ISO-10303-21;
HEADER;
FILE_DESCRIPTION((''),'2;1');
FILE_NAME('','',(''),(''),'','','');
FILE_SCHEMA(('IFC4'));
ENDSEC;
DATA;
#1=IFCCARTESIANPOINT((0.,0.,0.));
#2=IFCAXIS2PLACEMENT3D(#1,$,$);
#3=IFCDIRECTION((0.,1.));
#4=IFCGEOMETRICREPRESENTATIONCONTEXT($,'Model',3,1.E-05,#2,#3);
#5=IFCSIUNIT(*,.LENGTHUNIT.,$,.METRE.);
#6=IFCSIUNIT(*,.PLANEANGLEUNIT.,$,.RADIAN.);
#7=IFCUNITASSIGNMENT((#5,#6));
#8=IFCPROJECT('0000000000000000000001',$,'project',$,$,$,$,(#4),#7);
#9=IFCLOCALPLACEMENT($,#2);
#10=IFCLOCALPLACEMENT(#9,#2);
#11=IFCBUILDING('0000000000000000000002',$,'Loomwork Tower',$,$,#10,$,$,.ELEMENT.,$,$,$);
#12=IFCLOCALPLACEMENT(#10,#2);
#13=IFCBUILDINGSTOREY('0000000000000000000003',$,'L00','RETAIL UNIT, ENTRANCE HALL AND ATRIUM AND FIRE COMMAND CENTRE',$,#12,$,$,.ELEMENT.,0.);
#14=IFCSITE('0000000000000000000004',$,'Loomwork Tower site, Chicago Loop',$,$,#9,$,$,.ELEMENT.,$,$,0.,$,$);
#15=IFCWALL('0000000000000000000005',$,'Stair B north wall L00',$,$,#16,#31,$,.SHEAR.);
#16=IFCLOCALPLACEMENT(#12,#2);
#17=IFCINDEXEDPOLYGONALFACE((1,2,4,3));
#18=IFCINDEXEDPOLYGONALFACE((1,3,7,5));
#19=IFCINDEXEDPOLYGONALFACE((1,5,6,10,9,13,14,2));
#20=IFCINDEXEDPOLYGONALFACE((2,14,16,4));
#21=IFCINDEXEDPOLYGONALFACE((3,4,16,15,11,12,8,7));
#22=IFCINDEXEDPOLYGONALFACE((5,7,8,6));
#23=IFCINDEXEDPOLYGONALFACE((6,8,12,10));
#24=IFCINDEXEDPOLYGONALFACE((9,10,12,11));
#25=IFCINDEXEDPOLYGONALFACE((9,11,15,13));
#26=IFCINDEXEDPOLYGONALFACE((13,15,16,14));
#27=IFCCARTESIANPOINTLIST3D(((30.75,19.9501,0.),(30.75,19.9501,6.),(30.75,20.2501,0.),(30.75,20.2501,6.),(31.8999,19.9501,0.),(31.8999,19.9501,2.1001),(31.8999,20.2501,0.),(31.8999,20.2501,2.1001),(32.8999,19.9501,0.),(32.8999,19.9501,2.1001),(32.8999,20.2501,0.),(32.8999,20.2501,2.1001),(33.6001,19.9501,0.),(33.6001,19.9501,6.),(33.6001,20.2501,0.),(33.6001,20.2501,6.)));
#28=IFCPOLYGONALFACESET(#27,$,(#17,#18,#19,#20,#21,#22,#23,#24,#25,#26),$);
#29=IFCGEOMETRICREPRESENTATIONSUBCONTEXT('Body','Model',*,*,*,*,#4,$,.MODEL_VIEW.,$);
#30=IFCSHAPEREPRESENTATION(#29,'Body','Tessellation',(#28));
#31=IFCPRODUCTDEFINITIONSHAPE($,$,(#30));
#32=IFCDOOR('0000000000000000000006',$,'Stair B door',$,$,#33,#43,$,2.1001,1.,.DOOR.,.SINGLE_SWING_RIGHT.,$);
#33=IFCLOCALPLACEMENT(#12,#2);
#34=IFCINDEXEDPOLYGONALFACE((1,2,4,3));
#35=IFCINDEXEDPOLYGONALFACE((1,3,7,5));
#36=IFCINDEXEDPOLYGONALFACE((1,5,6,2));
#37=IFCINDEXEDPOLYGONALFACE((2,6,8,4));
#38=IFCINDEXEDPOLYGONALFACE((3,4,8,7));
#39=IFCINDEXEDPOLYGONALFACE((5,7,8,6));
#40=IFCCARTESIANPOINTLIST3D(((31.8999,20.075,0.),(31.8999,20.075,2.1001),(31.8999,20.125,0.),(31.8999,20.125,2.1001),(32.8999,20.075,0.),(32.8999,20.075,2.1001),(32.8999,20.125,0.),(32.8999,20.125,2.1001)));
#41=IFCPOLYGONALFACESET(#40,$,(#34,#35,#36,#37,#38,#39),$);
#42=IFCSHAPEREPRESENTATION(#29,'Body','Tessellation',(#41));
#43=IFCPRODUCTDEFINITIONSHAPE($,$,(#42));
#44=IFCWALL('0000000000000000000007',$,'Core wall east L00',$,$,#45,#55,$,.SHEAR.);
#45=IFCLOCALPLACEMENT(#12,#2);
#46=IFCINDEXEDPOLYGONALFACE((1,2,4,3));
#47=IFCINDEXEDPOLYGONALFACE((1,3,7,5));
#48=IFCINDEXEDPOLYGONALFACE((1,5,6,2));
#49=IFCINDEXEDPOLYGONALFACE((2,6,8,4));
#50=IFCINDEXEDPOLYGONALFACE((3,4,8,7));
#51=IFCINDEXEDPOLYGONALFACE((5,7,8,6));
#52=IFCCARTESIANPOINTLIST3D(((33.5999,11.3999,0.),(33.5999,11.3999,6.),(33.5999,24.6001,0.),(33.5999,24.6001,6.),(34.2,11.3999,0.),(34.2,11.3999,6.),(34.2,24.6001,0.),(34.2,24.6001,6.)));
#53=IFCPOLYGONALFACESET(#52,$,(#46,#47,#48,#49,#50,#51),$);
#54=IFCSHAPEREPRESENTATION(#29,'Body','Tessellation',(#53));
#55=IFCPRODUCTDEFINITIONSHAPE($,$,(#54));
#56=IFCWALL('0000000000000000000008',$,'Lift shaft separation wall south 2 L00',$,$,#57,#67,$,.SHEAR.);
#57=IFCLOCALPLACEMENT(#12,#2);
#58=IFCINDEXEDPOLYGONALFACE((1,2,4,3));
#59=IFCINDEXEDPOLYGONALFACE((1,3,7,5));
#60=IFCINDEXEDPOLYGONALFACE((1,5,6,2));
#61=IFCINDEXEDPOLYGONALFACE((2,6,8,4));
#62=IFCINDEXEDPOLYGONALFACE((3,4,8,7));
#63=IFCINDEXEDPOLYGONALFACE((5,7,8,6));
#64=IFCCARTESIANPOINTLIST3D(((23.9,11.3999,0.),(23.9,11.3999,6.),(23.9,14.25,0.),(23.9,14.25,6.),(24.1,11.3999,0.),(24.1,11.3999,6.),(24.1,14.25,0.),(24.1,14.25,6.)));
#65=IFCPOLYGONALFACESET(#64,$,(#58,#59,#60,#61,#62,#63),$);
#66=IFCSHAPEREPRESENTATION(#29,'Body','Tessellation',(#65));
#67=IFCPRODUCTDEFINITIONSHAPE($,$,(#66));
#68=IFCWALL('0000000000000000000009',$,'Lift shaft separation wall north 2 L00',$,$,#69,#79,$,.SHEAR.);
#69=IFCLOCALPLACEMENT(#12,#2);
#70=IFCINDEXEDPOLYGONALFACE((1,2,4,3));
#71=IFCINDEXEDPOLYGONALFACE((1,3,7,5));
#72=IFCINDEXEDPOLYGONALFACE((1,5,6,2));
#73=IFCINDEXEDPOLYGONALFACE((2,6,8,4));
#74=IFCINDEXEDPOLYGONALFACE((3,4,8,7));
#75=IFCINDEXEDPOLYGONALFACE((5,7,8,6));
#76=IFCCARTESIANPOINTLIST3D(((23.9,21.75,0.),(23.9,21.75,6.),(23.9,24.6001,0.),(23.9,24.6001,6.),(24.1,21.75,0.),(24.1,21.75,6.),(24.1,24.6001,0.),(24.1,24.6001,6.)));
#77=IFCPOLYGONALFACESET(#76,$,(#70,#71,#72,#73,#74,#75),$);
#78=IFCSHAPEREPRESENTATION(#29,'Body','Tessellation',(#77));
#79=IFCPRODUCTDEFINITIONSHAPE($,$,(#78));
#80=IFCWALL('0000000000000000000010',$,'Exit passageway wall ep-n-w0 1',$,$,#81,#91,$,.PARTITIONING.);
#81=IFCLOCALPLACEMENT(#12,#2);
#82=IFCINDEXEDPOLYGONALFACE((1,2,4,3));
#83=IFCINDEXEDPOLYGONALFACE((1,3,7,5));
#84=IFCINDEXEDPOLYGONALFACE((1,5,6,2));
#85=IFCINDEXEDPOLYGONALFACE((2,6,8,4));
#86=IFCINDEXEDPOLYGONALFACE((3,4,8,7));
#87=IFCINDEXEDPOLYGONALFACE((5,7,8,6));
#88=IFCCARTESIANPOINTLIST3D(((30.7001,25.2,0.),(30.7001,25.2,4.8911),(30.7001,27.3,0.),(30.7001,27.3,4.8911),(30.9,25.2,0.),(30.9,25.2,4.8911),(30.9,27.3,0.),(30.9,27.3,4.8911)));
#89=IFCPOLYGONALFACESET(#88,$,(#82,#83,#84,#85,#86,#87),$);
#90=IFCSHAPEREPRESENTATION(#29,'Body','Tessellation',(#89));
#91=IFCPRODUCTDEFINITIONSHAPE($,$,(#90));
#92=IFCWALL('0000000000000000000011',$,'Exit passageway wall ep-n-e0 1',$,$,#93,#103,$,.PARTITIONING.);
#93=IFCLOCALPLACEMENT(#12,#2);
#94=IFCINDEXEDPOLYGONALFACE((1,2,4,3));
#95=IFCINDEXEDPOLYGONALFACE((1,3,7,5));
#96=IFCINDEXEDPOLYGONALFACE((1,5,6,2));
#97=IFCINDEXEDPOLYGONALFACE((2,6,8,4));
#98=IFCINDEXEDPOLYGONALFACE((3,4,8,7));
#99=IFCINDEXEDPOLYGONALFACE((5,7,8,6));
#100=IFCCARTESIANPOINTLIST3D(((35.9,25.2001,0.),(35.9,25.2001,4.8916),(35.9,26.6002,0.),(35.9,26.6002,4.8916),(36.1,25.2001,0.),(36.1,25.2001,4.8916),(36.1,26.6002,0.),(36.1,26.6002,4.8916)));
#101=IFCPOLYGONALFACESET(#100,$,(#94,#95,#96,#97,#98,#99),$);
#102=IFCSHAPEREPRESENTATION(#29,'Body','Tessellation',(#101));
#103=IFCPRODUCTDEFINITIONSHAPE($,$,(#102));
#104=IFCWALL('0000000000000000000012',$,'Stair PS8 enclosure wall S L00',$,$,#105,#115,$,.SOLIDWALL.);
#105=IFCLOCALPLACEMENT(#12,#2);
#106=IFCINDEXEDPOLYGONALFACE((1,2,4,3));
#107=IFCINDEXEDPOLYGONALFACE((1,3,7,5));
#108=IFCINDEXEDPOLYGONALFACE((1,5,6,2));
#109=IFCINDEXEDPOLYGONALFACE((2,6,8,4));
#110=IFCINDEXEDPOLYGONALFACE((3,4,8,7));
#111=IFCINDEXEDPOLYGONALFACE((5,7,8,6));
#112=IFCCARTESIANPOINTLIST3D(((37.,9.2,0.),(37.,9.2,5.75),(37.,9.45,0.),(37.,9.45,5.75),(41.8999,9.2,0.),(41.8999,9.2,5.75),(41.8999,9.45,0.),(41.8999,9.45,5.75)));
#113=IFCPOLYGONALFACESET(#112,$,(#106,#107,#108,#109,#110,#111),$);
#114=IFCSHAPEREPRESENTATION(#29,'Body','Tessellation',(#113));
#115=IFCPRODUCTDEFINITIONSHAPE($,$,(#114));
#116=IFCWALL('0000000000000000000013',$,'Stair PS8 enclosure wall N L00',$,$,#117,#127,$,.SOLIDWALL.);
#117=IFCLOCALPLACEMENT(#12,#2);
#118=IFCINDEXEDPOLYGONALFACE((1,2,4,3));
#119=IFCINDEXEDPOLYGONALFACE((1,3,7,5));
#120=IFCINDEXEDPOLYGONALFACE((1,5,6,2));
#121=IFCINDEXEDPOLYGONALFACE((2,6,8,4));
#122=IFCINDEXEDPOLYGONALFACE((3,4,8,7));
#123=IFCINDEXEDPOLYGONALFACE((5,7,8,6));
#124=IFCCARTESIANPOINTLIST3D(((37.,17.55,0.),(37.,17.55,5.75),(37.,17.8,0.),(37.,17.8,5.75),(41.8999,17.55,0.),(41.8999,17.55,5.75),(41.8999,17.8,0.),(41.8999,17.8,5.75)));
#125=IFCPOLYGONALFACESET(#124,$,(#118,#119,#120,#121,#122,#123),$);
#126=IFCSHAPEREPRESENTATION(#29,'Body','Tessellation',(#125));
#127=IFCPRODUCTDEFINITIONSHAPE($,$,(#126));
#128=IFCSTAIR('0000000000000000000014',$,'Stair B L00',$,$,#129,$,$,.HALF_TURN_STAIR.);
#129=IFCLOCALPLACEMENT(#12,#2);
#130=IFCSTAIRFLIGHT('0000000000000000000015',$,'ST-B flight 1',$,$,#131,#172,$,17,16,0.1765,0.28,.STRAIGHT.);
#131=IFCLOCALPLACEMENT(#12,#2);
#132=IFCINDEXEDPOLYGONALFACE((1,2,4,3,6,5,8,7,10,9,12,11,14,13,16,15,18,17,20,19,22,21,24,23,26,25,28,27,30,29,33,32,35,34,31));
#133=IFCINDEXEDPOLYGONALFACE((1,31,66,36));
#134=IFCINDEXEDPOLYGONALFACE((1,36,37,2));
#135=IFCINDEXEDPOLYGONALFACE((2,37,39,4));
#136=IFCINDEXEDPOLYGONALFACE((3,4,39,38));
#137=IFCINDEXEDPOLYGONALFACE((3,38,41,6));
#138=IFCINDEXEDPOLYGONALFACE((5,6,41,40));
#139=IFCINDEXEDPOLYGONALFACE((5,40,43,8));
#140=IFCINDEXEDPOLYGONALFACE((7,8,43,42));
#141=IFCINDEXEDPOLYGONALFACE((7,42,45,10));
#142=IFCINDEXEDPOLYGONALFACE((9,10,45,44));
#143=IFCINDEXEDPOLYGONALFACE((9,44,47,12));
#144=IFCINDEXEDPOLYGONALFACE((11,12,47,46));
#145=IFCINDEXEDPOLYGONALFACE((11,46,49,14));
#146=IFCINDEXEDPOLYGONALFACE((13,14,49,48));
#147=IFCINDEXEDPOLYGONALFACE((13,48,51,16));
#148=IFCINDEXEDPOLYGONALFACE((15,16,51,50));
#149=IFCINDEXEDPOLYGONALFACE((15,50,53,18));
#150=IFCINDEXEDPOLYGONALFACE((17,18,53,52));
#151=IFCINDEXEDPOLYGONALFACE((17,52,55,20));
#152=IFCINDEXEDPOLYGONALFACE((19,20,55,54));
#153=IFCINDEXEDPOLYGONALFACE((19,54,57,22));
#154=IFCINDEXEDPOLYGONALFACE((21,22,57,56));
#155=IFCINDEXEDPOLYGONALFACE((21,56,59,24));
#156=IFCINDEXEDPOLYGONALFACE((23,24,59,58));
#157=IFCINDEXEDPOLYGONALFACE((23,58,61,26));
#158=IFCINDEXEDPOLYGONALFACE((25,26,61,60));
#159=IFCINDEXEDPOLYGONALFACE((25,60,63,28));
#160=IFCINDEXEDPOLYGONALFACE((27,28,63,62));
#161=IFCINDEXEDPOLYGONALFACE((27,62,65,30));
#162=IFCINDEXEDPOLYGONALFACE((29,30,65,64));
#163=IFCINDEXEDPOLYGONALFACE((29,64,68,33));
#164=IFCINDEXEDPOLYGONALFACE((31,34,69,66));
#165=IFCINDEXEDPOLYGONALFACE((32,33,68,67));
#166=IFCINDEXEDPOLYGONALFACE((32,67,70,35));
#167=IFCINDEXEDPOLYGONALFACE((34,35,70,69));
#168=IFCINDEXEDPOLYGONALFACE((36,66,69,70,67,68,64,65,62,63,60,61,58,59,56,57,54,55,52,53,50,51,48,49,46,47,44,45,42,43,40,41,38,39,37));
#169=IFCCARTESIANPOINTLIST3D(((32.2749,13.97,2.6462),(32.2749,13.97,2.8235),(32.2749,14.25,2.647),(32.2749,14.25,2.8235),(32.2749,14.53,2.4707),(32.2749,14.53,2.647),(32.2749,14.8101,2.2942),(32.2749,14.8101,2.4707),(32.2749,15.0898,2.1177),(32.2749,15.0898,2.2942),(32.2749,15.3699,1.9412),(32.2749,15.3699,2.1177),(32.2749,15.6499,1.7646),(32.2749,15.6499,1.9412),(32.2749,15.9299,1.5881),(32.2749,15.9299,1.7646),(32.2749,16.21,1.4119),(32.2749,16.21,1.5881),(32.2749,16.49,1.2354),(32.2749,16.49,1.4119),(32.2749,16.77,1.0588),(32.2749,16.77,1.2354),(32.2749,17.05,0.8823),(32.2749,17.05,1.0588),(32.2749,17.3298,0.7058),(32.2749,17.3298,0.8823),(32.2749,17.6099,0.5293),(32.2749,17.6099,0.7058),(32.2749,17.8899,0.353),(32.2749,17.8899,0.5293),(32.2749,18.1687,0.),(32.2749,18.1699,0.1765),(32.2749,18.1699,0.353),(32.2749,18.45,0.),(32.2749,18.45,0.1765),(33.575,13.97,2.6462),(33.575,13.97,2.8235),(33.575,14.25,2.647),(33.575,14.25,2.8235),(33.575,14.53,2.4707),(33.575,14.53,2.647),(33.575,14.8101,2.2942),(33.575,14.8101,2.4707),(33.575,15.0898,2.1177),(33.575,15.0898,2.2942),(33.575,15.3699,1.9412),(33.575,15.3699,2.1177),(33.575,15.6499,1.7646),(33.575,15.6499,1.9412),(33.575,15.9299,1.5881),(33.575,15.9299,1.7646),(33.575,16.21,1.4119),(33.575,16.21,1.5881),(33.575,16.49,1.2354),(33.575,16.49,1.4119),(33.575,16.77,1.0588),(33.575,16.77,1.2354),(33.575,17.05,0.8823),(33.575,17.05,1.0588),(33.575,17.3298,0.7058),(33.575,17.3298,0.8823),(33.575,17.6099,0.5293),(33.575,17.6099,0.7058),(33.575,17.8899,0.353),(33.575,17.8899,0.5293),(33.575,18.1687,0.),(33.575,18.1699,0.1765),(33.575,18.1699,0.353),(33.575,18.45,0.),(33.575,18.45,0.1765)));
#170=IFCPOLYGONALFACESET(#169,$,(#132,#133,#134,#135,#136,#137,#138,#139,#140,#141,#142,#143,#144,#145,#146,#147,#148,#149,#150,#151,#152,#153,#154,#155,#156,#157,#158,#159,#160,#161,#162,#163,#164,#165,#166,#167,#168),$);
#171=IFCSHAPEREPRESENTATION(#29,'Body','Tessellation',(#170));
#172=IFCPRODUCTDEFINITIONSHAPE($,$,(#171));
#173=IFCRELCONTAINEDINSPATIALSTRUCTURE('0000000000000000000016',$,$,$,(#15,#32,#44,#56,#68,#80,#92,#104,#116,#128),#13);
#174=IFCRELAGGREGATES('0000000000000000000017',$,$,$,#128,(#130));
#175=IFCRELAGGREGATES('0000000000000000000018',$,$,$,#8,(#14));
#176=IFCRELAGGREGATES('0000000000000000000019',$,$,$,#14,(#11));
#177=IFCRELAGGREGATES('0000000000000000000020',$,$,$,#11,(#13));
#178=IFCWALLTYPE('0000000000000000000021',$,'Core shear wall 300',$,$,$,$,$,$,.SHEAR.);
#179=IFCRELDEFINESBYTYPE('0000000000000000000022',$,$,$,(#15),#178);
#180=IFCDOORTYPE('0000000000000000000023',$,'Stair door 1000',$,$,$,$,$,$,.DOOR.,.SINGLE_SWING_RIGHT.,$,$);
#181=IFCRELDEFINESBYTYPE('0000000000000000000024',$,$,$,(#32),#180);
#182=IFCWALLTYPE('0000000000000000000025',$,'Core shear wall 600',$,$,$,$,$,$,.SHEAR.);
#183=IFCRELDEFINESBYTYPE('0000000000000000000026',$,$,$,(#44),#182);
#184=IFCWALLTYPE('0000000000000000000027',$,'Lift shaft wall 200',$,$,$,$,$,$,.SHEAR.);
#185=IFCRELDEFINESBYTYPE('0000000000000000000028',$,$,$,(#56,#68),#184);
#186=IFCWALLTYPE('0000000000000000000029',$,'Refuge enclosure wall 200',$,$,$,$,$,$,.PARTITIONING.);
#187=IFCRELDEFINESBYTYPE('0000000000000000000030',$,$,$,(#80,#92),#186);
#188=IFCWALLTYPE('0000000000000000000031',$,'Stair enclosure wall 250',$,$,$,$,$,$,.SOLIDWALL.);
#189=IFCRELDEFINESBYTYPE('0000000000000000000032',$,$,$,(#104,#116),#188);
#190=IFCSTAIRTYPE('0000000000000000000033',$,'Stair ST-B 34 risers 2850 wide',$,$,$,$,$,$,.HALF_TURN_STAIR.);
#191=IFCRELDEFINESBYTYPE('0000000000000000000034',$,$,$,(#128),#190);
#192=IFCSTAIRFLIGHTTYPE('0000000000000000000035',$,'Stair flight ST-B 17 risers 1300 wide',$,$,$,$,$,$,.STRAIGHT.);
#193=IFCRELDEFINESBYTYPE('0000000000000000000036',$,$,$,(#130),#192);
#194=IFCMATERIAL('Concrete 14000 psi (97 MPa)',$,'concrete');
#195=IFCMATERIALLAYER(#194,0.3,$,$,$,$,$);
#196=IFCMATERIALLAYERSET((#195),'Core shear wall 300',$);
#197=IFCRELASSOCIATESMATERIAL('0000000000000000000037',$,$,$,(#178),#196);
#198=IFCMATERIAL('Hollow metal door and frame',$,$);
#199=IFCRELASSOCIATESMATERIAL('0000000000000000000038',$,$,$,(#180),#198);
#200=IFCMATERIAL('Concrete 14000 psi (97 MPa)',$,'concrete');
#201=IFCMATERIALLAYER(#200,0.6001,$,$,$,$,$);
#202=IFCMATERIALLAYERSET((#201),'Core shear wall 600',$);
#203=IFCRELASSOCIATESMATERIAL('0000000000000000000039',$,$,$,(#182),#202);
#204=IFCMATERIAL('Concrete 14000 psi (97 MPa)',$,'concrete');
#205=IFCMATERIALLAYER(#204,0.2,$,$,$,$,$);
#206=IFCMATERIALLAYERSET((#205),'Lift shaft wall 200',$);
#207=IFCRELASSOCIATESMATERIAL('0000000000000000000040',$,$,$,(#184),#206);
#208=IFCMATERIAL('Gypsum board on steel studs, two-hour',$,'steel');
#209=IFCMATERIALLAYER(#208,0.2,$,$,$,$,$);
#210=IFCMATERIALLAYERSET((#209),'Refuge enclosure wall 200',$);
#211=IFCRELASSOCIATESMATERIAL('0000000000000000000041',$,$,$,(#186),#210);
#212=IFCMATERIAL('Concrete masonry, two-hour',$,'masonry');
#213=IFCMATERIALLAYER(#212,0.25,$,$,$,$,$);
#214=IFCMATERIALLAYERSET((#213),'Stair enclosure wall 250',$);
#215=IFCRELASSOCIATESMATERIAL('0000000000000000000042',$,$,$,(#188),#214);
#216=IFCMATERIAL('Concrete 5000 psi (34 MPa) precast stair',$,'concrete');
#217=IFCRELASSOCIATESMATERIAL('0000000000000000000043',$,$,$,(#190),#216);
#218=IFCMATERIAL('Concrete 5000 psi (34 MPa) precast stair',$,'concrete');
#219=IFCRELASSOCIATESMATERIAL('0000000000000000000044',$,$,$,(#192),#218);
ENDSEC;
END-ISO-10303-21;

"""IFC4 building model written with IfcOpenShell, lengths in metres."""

from ifc_helpers import new_model, si_unit, direction, frame, frame_2d, origin, place, context, subcontext, project, spatial, polyline, rectangle, outline, extrude, material, layer, layer_set, type_object, element, fill, aggregate, save


model = new_model("IFC4")

# Units and contexts
model_context = context("Model", 3, precision=1e-05, world=origin(), true_north=direction((0.0, 1.0)))
body_context = subcontext(model_context, "Body", "Model", "MODEL_VIEW")
ifc_project = project(units=[si_unit("LENGTHUNIT", "METRE"), si_unit("PLANEANGLEUNIT", "RADIAN")], contexts=[model_context])

# Site, building, storey
site_placement = place(None, origin())
site = spatial("IfcSite", under=ifc_project, at=site_placement, Name="Loomwork Tower site, Chicago Loop", CompositionType="ELEMENT", RefElevation=0.0)
building_placement = place(site_placement, origin())
building = spatial("IfcBuilding", under=site, at=building_placement, Name="Loomwork Tower", CompositionType="ELEMENT")
storey_placement = place(building_placement, origin())
storey = spatial("IfcBuildingStorey", under=building, at=storey_placement, Name="L00", Description="RETAIL UNIT, ENTRANCE HALL AND ATRIUM AND FIRE COMMAND CENTRE", CompositionType="ELEMENT", Elevation=0.0)

# Shared definitions
ifc_material_1 = material(Name="Concrete 14000 psi (97 MPa)", Category="concrete")
ifc_layer_1 = layer(ifc_material_1, 0.3)
ifc_layer_set_1 = layer_set([ifc_layer_1], Name="Core shear wall 300")
wall_type_1 = type_object("IfcWallType", Name="Core shear wall 300", PredefinedType="SHEAR", material=ifc_layer_set_1)

# Wall, opening, door
wall_1_placement = place(storey_placement, frame((30.75, 20.1001, 0.0), z_axis=(0.0, 0.0, 1.0), x_axis=(1.0, 0.0, 0.0)))
wall_1 = element("IfcWall", 1, at=wall_1_placement, inside=storey, type_object=wall_type_1, Name="Stair B north wall L00", PredefinedType="SHEAR", context=body_context, shape_type="SweptSolid", body=[
    extrude(rectangle(XDim=2.8501, YDim=0.3, at=frame_2d((1.425, 0.0))), origin(), (0.0, 0.0, 1.0), 6.0),
])
opening_placement = place(wall_1_placement, frame((1.1499, 0.0, 0.0)))
opening = element("IfcOpeningElement", 2, at=opening_placement, cuts=wall_1, PredefinedType="OPENING", context=body_context, shape_type="SweptSolid", body=[
    extrude(rectangle(XDim=1.0, YDim=2.1001, at=frame_2d((0.5, 1.05))), frame((0.0, 0.1599, 0.0), z_axis=(0.0, -1.0, 0.0), x_axis=(1.0, 0.0, 0.0)), (0.0, 0.0, 1.0), 0.3201),
])
ifc_material_2 = material(Name="Hollow metal door and frame")
door_type = type_object("IfcDoorType", Name="Stair door 1000", OperationType="SINGLE_SWING_RIGHT", PredefinedType="DOOR", material=ifc_material_2)
door_placement = place(opening_placement, origin())
door = element("IfcDoor", 3, at=door_placement, inside=storey, type_object=door_type, Name="Stair B door", OperationType="SINGLE_SWING_RIGHT", OverallHeight=2.1001, OverallWidth=1.0, PredefinedType="DOOR", context=body_context, shape_type="SweptSolid", body=[
    extrude(rectangle(XDim=1.0, YDim=2.1001, at=frame_2d((0.5, 1.05))), frame((0.0, 0.0249, 0.0), z_axis=(0.0, -1.0, 0.0), x_axis=(1.0, 0.0, 0.0)), (0.0, 0.0, 1.0), 0.05),
])
fill(opening, door)

# Walls
ifc_material_3 = material(Name="Concrete 14000 psi (97 MPa)", Category="concrete")
ifc_layer_2 = layer(ifc_material_3, 0.6001)
ifc_layer_set_2 = layer_set([ifc_layer_2], Name="Core shear wall 600")
wall_type_2 = type_object("IfcWallType", Name="Core shear wall 600", PredefinedType="SHEAR", material=ifc_layer_set_2)
wall_2_placement = place(storey_placement, frame((33.8999, 11.3999, 0.0), z_axis=(0.0, 0.0, 1.0), x_axis=(0.0, 1.0, 0.0)))
element("IfcWall", 4, at=wall_2_placement, inside=storey, type_object=wall_type_2, Name="Core wall east L00", PredefinedType="SHEAR", context=body_context, shape_type="SweptSolid", body=[
    extrude(rectangle(XDim=13.2002, YDim=0.6001, at=frame_2d((6.6001, 0.0))), origin(), (0.0, 0.0, 1.0), 6.0),
])
ifc_material_4 = material(Name="Concrete 14000 psi (97 MPa)", Category="concrete")
ifc_layer_3 = layer(ifc_material_4, 0.2)
ifc_layer_set_3 = layer_set([ifc_layer_3], Name="Lift shaft wall 200")
wall_type_3 = type_object("IfcWallType", Name="Lift shaft wall 200", PredefinedType="SHEAR", material=ifc_layer_set_3)
for number, where, z_axis, x_axis, name in (
    (5, (24.0, 11.3999, 0.0), (0.0, 0.0, 1.0), (0.0, 1.0, 0.0), "Lift shaft separation wall south 2 L00"),
    (6, (24.0, 21.75, 0.0), (0.0, 0.0, 1.0), (0.0, 1.0, 0.0), "Lift shaft separation wall north 2 L00"),
):
    element("IfcWall", number, at=place(storey_placement, frame(where, z_axis=z_axis, x_axis=x_axis)), inside=storey, type_object=wall_type_3, Name=name, PredefinedType="SHEAR", context=body_context, shape_type="SweptSolid", body=[
        extrude(rectangle(XDim=2.8501, YDim=0.2, at=frame_2d((1.425, 0.0))), origin(), (0.0, 0.0, 1.0), 6.0),
    ])
ifc_material_5 = material(Name="Gypsum board on steel studs, two-hour", Category="steel")
ifc_layer_4 = layer(ifc_material_5, 0.2)
ifc_layer_set_4 = layer_set([ifc_layer_4], Name="Refuge enclosure wall 200")
wall_type_4 = type_object("IfcWallType", Name="Refuge enclosure wall 200", PredefinedType="PARTITIONING", material=ifc_layer_set_4)
wall_3_placement = place(storey_placement, frame((30.8, 25.2, 0.0), z_axis=(0.0, 0.0, 1.0), x_axis=(0.0, 1.0, 0.0)))
element("IfcWall", 7, at=wall_3_placement, inside=storey, type_object=wall_type_4, Name="Exit passageway wall ep-n-w0 1", PredefinedType="PARTITIONING", context=body_context, shape_type="SweptSolid", body=[
    extrude(rectangle(XDim=2.1001, YDim=0.2, at=frame_2d((1.05, 0.0))), origin(), (0.0, 0.0, 1.0), 4.8911),
])
wall_4_placement = place(storey_placement, frame((36.0, 25.2, 0.0), z_axis=(0.0, 0.0, 1.0), x_axis=(0.0, 1.0, 0.0)))
element("IfcWall", 8, at=wall_4_placement, inside=storey, type_object=wall_type_4, Name="Exit passageway wall ep-n-e0 1", PredefinedType="PARTITIONING", context=body_context, shape_type="SweptSolid", body=[
    extrude(rectangle(XDim=1.4001, YDim=0.2, at=frame_2d((0.7002, 0.0))), origin(), (0.0, 0.0, 1.0), 4.8916),
])
ifc_material_6 = material(Name="Concrete masonry, two-hour", Category="masonry")
ifc_layer_5 = layer(ifc_material_6, 0.25)
ifc_layer_set_5 = layer_set([ifc_layer_5], Name="Stair enclosure wall 250")
wall_type_5 = type_object("IfcWallType", Name="Stair enclosure wall 250", PredefinedType="SOLIDWALL", material=ifc_layer_set_5)
for number, where, z_axis, x_axis, name in (
    (9, (37.0, 9.325, 0.0), (0.0, 0.0, 1.0), (1.0, 0.0, 0.0), "Stair PS8 enclosure wall S L00"),
    (10, (37.0, 17.675, 0.0), (0.0, 0.0, 1.0), (1.0, 0.0, 0.0), "Stair PS8 enclosure wall N L00"),
):
    element("IfcWall", number, at=place(storey_placement, frame(where, z_axis=z_axis, x_axis=x_axis)), inside=storey, type_object=wall_type_5, Name=name, PredefinedType="SOLIDWALL", context=body_context, shape_type="SweptSolid", body=[
        extrude(rectangle(XDim=4.8999, YDim=0.25, at=frame_2d((2.45, 0.0))), origin(), (0.0, 0.0, 1.0), 5.75),
    ])

# Stair, stair flight
ifc_material_7 = material(Name="Concrete 5000 psi (34 MPa) precast stair", Category="concrete")
stair_type = type_object("IfcStairType", Name="Stair ST-B 34 risers 2850 wide", PredefinedType="HALF_TURN_STAIR", material=ifc_material_7)
stair_placement = place(storey_placement, origin())
stair = element("IfcStair", 11, at=stair_placement, inside=storey, type_object=stair_type, Name="Stair B L00", PredefinedType="HALF_TURN_STAIR")
ifc_material_8 = material(Name="Concrete 5000 psi (34 MPa) precast stair", Category="concrete")
stair_flight_type = type_object("IfcStairFlightType", Name="Stair flight ST-B 17 risers 1300 wide", PredefinedType="STRAIGHT", material=ifc_material_8)
stair_flight_1_placement = place(storey_placement, frame((32.925, 18.45, 0.0), z_axis=(0.0, 0.0, 1.0), x_axis=(0.0, -1.0, 0.0)))
stair_flight_1 = element("IfcStairFlight", 12, at=stair_flight_1_placement, type_object=stair_flight_type, Name="ST-B flight 1", NumberOfRisers=17, NumberOfTreads=16, PredefinedType="STRAIGHT", RiserHeight=0.1765, TreadLength=0.28, context=body_context, shape_type="SweptSolid", body=[
    extrude(outline(polyline([(0.0, 0.0), (0.0, 0.1765), (0.28, 0.1765), (0.28, 0.353), (0.5601, 0.353), (0.5601, 0.5293), (0.8401, 0.5293), (0.8401, 0.7058), (1.1201, 0.7058), (1.1201, 0.8823), (1.3999, 0.8823), (1.3999, 1.0588), (1.6799, 1.0588), (1.6799, 1.2354), (1.96, 1.2354), (1.96, 1.4119), (2.24, 1.4119), (2.24, 1.5881), (2.52, 1.5881), (2.52, 1.7646), (2.8, 1.7646), (2.8, 1.9412), (3.0801, 1.9412), (3.0801, 2.1177), (3.3601, 2.1177), (3.3601, 2.2942), (3.6399, 2.2942), (3.6399, 2.4707), (3.9199, 2.4707), (3.9199, 2.647), (4.2, 2.647), (4.2, 2.8235), (4.48, 2.8235), (4.48, 3.0), (4.48, 2.6462), (0.2812, 0.0), (0.0, 0.0)])), frame((0.0, 0.6499, 0.0), z_axis=(0.0, -1.0, 0.0), x_axis=(1.0, 0.0, 0.0)), (0.0, 0.0, 1.0), 1.3),
])
aggregate(stair, [stair_flight_1])

save(model, "model.ifc")
